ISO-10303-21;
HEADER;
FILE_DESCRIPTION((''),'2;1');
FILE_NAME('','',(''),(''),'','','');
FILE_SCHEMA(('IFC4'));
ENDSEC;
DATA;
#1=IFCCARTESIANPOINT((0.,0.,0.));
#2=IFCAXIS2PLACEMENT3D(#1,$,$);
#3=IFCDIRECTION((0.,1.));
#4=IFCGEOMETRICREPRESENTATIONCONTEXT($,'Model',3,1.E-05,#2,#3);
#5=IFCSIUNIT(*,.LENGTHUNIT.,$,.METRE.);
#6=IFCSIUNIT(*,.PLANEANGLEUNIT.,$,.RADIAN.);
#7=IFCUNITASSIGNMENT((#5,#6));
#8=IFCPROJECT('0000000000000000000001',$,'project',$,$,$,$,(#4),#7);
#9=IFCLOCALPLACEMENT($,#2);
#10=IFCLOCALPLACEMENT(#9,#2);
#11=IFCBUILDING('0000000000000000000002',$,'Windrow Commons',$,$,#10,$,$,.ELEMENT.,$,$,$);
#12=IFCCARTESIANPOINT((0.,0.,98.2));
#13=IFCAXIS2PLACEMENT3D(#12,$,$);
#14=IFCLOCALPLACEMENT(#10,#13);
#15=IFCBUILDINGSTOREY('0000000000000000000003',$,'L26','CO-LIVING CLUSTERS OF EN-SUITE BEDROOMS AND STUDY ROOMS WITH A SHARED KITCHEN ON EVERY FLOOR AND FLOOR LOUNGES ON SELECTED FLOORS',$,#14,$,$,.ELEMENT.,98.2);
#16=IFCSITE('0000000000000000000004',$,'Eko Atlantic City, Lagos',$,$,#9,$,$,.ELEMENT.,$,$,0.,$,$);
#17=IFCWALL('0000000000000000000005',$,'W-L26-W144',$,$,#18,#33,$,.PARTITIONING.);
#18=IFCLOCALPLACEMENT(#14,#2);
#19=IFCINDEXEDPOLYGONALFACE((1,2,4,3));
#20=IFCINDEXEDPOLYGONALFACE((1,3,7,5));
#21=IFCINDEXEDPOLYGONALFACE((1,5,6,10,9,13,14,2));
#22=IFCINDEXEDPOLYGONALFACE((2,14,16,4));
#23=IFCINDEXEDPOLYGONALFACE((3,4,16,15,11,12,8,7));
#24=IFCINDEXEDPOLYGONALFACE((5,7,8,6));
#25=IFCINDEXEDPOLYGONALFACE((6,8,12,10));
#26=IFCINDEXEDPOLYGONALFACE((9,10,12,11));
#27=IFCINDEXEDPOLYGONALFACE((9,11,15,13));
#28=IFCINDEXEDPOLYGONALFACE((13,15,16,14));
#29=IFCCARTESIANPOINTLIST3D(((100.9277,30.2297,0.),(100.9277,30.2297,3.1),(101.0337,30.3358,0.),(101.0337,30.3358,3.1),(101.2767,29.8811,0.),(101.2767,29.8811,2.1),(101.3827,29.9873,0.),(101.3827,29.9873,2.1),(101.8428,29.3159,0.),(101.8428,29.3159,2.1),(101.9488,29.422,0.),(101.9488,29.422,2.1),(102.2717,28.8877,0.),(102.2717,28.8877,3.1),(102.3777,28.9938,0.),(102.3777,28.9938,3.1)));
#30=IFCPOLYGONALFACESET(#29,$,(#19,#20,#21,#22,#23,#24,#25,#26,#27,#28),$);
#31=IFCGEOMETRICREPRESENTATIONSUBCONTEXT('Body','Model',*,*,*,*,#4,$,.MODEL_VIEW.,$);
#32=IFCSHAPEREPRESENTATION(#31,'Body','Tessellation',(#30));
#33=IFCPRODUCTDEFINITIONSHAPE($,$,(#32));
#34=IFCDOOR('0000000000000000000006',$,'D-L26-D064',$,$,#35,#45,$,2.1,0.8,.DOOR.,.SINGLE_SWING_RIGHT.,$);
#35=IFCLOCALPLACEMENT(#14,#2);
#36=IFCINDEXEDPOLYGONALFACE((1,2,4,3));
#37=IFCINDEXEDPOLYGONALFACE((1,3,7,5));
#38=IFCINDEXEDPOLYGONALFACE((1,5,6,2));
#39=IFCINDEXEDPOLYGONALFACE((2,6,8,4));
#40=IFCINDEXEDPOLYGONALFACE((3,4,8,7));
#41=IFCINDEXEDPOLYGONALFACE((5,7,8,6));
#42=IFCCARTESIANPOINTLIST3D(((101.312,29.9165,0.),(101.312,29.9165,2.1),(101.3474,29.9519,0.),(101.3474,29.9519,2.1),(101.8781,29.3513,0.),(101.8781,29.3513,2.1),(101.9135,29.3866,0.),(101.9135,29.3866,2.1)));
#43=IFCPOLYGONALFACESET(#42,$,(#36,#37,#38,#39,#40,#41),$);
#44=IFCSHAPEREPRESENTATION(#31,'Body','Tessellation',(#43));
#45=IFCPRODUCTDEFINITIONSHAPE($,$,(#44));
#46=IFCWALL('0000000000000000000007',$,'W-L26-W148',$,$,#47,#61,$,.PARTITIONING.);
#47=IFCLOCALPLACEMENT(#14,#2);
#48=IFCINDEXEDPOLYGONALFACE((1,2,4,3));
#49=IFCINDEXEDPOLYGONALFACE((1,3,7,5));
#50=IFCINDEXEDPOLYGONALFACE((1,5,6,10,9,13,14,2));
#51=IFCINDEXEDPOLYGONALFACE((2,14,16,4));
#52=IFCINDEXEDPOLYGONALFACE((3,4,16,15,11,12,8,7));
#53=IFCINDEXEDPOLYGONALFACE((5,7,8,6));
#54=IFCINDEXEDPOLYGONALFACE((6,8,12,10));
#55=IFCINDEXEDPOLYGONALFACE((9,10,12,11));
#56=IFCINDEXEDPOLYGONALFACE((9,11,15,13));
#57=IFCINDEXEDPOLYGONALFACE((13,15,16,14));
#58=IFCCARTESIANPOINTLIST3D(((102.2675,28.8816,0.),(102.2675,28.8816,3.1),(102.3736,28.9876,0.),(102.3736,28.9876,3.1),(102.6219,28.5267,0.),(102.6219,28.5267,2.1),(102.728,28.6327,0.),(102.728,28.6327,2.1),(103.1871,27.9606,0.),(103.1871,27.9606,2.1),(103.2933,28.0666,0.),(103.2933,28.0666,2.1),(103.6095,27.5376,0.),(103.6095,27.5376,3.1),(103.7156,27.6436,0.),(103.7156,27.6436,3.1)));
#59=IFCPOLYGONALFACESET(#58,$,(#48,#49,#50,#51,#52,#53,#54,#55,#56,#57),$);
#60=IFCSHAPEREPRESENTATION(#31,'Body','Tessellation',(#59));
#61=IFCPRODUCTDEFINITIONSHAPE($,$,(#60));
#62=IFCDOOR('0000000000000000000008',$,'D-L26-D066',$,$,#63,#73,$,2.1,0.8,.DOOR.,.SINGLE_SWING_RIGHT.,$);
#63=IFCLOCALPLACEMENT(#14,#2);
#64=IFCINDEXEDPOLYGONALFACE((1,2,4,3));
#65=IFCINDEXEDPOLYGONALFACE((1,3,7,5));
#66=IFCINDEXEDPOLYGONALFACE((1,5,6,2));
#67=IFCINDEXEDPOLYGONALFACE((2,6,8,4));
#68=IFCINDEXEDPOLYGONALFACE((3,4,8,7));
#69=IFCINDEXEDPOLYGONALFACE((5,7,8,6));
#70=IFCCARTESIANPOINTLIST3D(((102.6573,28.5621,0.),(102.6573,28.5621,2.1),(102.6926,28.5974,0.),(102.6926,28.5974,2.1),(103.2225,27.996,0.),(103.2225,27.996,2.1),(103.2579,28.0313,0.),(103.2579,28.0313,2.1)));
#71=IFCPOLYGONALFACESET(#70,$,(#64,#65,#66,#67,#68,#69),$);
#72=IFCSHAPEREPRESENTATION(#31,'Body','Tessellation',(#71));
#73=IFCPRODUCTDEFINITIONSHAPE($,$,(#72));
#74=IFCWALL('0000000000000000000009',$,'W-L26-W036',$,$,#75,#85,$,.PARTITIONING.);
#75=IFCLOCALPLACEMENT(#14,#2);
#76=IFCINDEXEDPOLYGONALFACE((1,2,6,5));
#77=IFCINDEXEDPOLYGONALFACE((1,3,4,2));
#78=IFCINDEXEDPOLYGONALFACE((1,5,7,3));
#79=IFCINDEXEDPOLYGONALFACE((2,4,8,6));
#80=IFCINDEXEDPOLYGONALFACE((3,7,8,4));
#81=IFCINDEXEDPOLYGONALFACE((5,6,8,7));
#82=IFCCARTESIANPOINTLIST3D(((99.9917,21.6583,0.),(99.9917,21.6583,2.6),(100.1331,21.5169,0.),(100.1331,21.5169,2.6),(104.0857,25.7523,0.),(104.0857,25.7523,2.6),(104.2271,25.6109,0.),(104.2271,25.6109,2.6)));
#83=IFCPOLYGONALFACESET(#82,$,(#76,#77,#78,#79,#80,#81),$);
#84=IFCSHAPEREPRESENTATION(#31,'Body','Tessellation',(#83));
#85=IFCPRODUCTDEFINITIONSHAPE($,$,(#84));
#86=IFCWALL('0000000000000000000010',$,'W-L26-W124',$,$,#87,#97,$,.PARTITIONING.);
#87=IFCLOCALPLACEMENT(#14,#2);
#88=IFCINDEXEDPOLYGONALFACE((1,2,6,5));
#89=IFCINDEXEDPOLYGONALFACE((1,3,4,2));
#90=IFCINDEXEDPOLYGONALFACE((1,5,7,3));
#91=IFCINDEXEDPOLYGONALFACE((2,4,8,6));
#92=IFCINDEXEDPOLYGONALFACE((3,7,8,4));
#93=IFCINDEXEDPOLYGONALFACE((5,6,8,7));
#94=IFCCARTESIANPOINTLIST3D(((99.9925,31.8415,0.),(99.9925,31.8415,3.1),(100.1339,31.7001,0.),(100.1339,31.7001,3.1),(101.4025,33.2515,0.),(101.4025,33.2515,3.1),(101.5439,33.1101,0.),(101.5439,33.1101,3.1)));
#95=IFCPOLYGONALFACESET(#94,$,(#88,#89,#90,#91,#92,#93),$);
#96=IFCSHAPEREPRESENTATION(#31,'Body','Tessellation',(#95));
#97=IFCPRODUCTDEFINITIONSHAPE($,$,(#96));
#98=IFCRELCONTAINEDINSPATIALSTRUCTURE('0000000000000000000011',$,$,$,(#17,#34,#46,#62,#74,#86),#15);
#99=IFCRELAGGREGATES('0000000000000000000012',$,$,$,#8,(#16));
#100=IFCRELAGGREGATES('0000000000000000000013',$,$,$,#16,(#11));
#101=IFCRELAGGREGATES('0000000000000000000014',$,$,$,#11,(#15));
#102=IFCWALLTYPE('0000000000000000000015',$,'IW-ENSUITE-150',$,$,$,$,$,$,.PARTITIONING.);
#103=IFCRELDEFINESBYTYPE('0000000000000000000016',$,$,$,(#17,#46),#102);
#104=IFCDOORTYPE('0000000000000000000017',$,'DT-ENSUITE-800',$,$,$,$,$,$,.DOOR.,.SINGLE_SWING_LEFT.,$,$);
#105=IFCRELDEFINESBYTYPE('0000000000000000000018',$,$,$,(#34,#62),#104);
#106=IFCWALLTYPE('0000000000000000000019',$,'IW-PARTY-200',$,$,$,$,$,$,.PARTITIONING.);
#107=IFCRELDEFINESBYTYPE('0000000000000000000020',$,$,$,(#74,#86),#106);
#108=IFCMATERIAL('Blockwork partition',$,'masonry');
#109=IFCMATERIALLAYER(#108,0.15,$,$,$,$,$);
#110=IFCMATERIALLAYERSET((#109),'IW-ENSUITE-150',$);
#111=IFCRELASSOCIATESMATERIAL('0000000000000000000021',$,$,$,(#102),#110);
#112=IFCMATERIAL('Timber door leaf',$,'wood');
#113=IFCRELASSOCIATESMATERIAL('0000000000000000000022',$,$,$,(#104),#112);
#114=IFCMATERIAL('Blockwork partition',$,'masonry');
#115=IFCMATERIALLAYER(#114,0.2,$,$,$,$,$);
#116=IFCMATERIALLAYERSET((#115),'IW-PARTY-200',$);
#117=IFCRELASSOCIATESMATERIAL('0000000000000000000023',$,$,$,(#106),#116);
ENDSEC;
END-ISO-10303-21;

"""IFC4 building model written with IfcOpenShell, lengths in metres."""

from ifc_helpers import new_model, si_unit, direction, frame, frame_2d, origin, place, context, subcontext, project, spatial, rectangle, extrude, material, layer, layer_set, type_object, element, fill, save


model = new_model("IFC4")

# Units and contexts
model_context = context("Model", 3, precision=1e-05, world=origin(), true_north=direction((0.0, 1.0)))
body_context = subcontext(model_context, "Body", "Model", "MODEL_VIEW")
ifc_project = project(units=[si_unit("LENGTHUNIT", "METRE"), si_unit("PLANEANGLEUNIT", "RADIAN")], contexts=[model_context])

# Site, building, storey
site_placement = place(None, origin())
site = spatial("IfcSite", under=ifc_project, at=site_placement, Name="Eko Atlantic City, Lagos", CompositionType="ELEMENT", RefElevation=0.0)
building_placement = place(site_placement, origin())
building = spatial("IfcBuilding", under=site, at=building_placement, Name="Windrow Commons", CompositionType="ELEMENT")
storey_placement = place(building_placement, frame((0.0, 0.0, 98.2)))
storey = spatial("IfcBuildingStorey", under=building, at=storey_placement, Name="L26", Description="CO-LIVING CLUSTERS OF EN-SUITE BEDROOMS AND STUDY ROOMS WITH A SHARED KITCHEN ON EVERY FLOOR AND FLOOR LOUNGES ON SELECTED FLOORS", CompositionType="ELEMENT", Elevation=98.2)

# Shared definitions
ifc_material_1 = material(Name="Blockwork partition", Category="masonry")
ifc_layer_1 = layer(ifc_material_1, 0.15)
ifc_layer_set_1 = layer_set([ifc_layer_1], Name="IW-ENSUITE-150")
wall_type_1 = type_object("IfcWallType", Name="IW-ENSUITE-150", PredefinedType="PARTITIONING", material=ifc_layer_set_1)

# Walls, openings, doors
wall_1_placement = place(storey_placement, frame((100.9807, 30.2827, 0.0), z_axis=(0.0, 0.0, 1.0), x_axis=(0.707633, -0.70658, 0.0)))
wall_1 = element("IfcWall", 1, at=wall_1_placement, inside=storey, type_object=wall_type_1, Name="W-L26-W144", PredefinedType="PARTITIONING", context=body_context, shape_type="SweptSolid", body=[
    extrude(rectangle(XDim=1.8993, YDim=0.15, at=frame_2d((0.9496, 0.0))), origin(), (0.0, 0.0, 1.0), 3.1),
])
opening_1_placement = place(wall_1_placement, frame((0.4932, 0.0, 0.0)))
opening_1 = element("IfcOpeningElement", 2, at=opening_1_placement, cuts=wall_1, PredefinedType="OPENING", context=body_context, shape_type="SweptSolid", body=[
    extrude(rectangle(XDim=0.8, YDim=2.1, at=frame_2d((0.4, 1.05))), frame((0.0, 0.085, 0.0), z_axis=(0.0, -1.0, 0.0), x_axis=(1.0, 0.0, 0.0)), (0.0, 0.0, 1.0), 0.17),
])
ifc_material_2 = material(Name="Timber door leaf", Category="wood")
door_type = type_object("IfcDoorType", Name="DT-ENSUITE-800", OperationType="SINGLE_SWING_LEFT", PredefinedType="DOOR", material=ifc_material_2)
door_1_placement = place(opening_1_placement, origin())
door_1 = element("IfcDoor", 3, at=door_1_placement, inside=storey, type_object=door_type, Name="D-L26-D064", OperationType="SINGLE_SWING_RIGHT", OverallHeight=2.1, OverallWidth=0.8, PredefinedType="DOOR", context=body_context, shape_type="SweptSolid", body=[
    extrude(rectangle(XDim=0.8, YDim=2.1, at=frame_2d((0.4, 1.05))), frame((0.0, 0.025, 0.0), z_axis=(0.0, -1.0, 0.0), x_axis=(1.0, 0.0, 0.0)), (0.0, 0.0, 1.0), 0.05),
])
fill(opening_1, door_1)
wall_2_placement = place(storey_placement, frame((102.3206, 28.9346, 0.0), z_axis=(0.0, 0.0, 1.0), x_axis=(0.70658, -0.707633, 0.0)))
wall_2 = element("IfcWall", 4, at=wall_2_placement, inside=storey, type_object=wall_type_1, Name="W-L26-W148", PredefinedType="PARTITIONING", context=body_context, shape_type="SweptSolid", body=[
    extrude(rectangle(XDim=1.8993, YDim=0.15, at=frame_2d((0.9496, 0.0))), origin(), (0.0, 0.0, 1.0), 3.1),
])
opening_2_placement = place(wall_2_placement, frame((0.5015, 0.0, 0.0)))
opening_2 = element("IfcOpeningElement", 5, at=opening_2_placement, cuts=wall_2, PredefinedType="OPENING", context=body_context, shape_type="SweptSolid", body=[
    extrude(rectangle(XDim=0.8, YDim=2.1, at=frame_2d((0.4, 1.05))), frame((0.0, 0.085, 0.0), z_axis=(0.0, -1.0, 0.0), x_axis=(1.0, 0.0, 0.0)), (0.0, 0.0, 1.0), 0.17),
])
door_2_placement = place(opening_2_placement, origin())
door_2 = element("IfcDoor", 6, at=door_2_placement, inside=storey, type_object=door_type, Name="D-L26-D066", OperationType="SINGLE_SWING_RIGHT", OverallHeight=2.1, OverallWidth=0.8, PredefinedType="DOOR", context=body_context, shape_type="SweptSolid", body=[
    extrude(rectangle(XDim=0.8, YDim=2.1, at=frame_2d((0.4, 1.05))), frame((0.0, 0.025, 0.0), z_axis=(0.0, -1.0, 0.0), x_axis=(1.0, 0.0, 0.0)), (0.0, 0.0, 1.0), 0.05),
])
fill(opening_2, door_2)

# Walls
ifc_material_3 = material(Name="Blockwork partition", Category="masonry")
ifc_layer_2 = layer(ifc_material_3, 0.2)
ifc_layer_set_2 = layer_set([ifc_layer_2], Name="IW-PARTY-200")
wall_type_2 = type_object("IfcWallType", Name="IW-PARTY-200", PredefinedType="PARTITIONING", material=ifc_layer_set_2)
wall_3_placement = place(storey_placement, frame((100.0624, 21.5876, 0.0), z_axis=(0.0, 0.0, 1.0), x_axis=(0.707107, 0.707107, 0.0)))
element("IfcWall", 7, at=wall_3_placement, inside=storey, type_object=wall_type_2, Name="W-L26-W036", PredefinedType="PARTITIONING", context=body_context, shape_type="SweptSolid", body=[
    extrude(rectangle(XDim=5.7898, YDim=0.2, at=frame_2d((2.8949, 0.0))), origin(), (0.0, 0.0, 1.0), 2.6),
])
wall_4_placement = place(storey_placement, frame((100.0632, 31.7708, 0.0), z_axis=(0.0, 0.0, 1.0), x_axis=(0.707107, 0.707107, 0.0)))
element("IfcWall", 8, at=wall_4_placement, inside=storey, type_object=wall_type_2, Name="W-L26-W124", PredefinedType="PARTITIONING", context=body_context, shape_type="SweptSolid", body=[
    extrude(rectangle(XDim=1.994, YDim=0.2, at=frame_2d((0.997, 0.0))), origin(), (0.0, 0.0, 1.0), 3.1),
])

save(model, "model.ifc")
